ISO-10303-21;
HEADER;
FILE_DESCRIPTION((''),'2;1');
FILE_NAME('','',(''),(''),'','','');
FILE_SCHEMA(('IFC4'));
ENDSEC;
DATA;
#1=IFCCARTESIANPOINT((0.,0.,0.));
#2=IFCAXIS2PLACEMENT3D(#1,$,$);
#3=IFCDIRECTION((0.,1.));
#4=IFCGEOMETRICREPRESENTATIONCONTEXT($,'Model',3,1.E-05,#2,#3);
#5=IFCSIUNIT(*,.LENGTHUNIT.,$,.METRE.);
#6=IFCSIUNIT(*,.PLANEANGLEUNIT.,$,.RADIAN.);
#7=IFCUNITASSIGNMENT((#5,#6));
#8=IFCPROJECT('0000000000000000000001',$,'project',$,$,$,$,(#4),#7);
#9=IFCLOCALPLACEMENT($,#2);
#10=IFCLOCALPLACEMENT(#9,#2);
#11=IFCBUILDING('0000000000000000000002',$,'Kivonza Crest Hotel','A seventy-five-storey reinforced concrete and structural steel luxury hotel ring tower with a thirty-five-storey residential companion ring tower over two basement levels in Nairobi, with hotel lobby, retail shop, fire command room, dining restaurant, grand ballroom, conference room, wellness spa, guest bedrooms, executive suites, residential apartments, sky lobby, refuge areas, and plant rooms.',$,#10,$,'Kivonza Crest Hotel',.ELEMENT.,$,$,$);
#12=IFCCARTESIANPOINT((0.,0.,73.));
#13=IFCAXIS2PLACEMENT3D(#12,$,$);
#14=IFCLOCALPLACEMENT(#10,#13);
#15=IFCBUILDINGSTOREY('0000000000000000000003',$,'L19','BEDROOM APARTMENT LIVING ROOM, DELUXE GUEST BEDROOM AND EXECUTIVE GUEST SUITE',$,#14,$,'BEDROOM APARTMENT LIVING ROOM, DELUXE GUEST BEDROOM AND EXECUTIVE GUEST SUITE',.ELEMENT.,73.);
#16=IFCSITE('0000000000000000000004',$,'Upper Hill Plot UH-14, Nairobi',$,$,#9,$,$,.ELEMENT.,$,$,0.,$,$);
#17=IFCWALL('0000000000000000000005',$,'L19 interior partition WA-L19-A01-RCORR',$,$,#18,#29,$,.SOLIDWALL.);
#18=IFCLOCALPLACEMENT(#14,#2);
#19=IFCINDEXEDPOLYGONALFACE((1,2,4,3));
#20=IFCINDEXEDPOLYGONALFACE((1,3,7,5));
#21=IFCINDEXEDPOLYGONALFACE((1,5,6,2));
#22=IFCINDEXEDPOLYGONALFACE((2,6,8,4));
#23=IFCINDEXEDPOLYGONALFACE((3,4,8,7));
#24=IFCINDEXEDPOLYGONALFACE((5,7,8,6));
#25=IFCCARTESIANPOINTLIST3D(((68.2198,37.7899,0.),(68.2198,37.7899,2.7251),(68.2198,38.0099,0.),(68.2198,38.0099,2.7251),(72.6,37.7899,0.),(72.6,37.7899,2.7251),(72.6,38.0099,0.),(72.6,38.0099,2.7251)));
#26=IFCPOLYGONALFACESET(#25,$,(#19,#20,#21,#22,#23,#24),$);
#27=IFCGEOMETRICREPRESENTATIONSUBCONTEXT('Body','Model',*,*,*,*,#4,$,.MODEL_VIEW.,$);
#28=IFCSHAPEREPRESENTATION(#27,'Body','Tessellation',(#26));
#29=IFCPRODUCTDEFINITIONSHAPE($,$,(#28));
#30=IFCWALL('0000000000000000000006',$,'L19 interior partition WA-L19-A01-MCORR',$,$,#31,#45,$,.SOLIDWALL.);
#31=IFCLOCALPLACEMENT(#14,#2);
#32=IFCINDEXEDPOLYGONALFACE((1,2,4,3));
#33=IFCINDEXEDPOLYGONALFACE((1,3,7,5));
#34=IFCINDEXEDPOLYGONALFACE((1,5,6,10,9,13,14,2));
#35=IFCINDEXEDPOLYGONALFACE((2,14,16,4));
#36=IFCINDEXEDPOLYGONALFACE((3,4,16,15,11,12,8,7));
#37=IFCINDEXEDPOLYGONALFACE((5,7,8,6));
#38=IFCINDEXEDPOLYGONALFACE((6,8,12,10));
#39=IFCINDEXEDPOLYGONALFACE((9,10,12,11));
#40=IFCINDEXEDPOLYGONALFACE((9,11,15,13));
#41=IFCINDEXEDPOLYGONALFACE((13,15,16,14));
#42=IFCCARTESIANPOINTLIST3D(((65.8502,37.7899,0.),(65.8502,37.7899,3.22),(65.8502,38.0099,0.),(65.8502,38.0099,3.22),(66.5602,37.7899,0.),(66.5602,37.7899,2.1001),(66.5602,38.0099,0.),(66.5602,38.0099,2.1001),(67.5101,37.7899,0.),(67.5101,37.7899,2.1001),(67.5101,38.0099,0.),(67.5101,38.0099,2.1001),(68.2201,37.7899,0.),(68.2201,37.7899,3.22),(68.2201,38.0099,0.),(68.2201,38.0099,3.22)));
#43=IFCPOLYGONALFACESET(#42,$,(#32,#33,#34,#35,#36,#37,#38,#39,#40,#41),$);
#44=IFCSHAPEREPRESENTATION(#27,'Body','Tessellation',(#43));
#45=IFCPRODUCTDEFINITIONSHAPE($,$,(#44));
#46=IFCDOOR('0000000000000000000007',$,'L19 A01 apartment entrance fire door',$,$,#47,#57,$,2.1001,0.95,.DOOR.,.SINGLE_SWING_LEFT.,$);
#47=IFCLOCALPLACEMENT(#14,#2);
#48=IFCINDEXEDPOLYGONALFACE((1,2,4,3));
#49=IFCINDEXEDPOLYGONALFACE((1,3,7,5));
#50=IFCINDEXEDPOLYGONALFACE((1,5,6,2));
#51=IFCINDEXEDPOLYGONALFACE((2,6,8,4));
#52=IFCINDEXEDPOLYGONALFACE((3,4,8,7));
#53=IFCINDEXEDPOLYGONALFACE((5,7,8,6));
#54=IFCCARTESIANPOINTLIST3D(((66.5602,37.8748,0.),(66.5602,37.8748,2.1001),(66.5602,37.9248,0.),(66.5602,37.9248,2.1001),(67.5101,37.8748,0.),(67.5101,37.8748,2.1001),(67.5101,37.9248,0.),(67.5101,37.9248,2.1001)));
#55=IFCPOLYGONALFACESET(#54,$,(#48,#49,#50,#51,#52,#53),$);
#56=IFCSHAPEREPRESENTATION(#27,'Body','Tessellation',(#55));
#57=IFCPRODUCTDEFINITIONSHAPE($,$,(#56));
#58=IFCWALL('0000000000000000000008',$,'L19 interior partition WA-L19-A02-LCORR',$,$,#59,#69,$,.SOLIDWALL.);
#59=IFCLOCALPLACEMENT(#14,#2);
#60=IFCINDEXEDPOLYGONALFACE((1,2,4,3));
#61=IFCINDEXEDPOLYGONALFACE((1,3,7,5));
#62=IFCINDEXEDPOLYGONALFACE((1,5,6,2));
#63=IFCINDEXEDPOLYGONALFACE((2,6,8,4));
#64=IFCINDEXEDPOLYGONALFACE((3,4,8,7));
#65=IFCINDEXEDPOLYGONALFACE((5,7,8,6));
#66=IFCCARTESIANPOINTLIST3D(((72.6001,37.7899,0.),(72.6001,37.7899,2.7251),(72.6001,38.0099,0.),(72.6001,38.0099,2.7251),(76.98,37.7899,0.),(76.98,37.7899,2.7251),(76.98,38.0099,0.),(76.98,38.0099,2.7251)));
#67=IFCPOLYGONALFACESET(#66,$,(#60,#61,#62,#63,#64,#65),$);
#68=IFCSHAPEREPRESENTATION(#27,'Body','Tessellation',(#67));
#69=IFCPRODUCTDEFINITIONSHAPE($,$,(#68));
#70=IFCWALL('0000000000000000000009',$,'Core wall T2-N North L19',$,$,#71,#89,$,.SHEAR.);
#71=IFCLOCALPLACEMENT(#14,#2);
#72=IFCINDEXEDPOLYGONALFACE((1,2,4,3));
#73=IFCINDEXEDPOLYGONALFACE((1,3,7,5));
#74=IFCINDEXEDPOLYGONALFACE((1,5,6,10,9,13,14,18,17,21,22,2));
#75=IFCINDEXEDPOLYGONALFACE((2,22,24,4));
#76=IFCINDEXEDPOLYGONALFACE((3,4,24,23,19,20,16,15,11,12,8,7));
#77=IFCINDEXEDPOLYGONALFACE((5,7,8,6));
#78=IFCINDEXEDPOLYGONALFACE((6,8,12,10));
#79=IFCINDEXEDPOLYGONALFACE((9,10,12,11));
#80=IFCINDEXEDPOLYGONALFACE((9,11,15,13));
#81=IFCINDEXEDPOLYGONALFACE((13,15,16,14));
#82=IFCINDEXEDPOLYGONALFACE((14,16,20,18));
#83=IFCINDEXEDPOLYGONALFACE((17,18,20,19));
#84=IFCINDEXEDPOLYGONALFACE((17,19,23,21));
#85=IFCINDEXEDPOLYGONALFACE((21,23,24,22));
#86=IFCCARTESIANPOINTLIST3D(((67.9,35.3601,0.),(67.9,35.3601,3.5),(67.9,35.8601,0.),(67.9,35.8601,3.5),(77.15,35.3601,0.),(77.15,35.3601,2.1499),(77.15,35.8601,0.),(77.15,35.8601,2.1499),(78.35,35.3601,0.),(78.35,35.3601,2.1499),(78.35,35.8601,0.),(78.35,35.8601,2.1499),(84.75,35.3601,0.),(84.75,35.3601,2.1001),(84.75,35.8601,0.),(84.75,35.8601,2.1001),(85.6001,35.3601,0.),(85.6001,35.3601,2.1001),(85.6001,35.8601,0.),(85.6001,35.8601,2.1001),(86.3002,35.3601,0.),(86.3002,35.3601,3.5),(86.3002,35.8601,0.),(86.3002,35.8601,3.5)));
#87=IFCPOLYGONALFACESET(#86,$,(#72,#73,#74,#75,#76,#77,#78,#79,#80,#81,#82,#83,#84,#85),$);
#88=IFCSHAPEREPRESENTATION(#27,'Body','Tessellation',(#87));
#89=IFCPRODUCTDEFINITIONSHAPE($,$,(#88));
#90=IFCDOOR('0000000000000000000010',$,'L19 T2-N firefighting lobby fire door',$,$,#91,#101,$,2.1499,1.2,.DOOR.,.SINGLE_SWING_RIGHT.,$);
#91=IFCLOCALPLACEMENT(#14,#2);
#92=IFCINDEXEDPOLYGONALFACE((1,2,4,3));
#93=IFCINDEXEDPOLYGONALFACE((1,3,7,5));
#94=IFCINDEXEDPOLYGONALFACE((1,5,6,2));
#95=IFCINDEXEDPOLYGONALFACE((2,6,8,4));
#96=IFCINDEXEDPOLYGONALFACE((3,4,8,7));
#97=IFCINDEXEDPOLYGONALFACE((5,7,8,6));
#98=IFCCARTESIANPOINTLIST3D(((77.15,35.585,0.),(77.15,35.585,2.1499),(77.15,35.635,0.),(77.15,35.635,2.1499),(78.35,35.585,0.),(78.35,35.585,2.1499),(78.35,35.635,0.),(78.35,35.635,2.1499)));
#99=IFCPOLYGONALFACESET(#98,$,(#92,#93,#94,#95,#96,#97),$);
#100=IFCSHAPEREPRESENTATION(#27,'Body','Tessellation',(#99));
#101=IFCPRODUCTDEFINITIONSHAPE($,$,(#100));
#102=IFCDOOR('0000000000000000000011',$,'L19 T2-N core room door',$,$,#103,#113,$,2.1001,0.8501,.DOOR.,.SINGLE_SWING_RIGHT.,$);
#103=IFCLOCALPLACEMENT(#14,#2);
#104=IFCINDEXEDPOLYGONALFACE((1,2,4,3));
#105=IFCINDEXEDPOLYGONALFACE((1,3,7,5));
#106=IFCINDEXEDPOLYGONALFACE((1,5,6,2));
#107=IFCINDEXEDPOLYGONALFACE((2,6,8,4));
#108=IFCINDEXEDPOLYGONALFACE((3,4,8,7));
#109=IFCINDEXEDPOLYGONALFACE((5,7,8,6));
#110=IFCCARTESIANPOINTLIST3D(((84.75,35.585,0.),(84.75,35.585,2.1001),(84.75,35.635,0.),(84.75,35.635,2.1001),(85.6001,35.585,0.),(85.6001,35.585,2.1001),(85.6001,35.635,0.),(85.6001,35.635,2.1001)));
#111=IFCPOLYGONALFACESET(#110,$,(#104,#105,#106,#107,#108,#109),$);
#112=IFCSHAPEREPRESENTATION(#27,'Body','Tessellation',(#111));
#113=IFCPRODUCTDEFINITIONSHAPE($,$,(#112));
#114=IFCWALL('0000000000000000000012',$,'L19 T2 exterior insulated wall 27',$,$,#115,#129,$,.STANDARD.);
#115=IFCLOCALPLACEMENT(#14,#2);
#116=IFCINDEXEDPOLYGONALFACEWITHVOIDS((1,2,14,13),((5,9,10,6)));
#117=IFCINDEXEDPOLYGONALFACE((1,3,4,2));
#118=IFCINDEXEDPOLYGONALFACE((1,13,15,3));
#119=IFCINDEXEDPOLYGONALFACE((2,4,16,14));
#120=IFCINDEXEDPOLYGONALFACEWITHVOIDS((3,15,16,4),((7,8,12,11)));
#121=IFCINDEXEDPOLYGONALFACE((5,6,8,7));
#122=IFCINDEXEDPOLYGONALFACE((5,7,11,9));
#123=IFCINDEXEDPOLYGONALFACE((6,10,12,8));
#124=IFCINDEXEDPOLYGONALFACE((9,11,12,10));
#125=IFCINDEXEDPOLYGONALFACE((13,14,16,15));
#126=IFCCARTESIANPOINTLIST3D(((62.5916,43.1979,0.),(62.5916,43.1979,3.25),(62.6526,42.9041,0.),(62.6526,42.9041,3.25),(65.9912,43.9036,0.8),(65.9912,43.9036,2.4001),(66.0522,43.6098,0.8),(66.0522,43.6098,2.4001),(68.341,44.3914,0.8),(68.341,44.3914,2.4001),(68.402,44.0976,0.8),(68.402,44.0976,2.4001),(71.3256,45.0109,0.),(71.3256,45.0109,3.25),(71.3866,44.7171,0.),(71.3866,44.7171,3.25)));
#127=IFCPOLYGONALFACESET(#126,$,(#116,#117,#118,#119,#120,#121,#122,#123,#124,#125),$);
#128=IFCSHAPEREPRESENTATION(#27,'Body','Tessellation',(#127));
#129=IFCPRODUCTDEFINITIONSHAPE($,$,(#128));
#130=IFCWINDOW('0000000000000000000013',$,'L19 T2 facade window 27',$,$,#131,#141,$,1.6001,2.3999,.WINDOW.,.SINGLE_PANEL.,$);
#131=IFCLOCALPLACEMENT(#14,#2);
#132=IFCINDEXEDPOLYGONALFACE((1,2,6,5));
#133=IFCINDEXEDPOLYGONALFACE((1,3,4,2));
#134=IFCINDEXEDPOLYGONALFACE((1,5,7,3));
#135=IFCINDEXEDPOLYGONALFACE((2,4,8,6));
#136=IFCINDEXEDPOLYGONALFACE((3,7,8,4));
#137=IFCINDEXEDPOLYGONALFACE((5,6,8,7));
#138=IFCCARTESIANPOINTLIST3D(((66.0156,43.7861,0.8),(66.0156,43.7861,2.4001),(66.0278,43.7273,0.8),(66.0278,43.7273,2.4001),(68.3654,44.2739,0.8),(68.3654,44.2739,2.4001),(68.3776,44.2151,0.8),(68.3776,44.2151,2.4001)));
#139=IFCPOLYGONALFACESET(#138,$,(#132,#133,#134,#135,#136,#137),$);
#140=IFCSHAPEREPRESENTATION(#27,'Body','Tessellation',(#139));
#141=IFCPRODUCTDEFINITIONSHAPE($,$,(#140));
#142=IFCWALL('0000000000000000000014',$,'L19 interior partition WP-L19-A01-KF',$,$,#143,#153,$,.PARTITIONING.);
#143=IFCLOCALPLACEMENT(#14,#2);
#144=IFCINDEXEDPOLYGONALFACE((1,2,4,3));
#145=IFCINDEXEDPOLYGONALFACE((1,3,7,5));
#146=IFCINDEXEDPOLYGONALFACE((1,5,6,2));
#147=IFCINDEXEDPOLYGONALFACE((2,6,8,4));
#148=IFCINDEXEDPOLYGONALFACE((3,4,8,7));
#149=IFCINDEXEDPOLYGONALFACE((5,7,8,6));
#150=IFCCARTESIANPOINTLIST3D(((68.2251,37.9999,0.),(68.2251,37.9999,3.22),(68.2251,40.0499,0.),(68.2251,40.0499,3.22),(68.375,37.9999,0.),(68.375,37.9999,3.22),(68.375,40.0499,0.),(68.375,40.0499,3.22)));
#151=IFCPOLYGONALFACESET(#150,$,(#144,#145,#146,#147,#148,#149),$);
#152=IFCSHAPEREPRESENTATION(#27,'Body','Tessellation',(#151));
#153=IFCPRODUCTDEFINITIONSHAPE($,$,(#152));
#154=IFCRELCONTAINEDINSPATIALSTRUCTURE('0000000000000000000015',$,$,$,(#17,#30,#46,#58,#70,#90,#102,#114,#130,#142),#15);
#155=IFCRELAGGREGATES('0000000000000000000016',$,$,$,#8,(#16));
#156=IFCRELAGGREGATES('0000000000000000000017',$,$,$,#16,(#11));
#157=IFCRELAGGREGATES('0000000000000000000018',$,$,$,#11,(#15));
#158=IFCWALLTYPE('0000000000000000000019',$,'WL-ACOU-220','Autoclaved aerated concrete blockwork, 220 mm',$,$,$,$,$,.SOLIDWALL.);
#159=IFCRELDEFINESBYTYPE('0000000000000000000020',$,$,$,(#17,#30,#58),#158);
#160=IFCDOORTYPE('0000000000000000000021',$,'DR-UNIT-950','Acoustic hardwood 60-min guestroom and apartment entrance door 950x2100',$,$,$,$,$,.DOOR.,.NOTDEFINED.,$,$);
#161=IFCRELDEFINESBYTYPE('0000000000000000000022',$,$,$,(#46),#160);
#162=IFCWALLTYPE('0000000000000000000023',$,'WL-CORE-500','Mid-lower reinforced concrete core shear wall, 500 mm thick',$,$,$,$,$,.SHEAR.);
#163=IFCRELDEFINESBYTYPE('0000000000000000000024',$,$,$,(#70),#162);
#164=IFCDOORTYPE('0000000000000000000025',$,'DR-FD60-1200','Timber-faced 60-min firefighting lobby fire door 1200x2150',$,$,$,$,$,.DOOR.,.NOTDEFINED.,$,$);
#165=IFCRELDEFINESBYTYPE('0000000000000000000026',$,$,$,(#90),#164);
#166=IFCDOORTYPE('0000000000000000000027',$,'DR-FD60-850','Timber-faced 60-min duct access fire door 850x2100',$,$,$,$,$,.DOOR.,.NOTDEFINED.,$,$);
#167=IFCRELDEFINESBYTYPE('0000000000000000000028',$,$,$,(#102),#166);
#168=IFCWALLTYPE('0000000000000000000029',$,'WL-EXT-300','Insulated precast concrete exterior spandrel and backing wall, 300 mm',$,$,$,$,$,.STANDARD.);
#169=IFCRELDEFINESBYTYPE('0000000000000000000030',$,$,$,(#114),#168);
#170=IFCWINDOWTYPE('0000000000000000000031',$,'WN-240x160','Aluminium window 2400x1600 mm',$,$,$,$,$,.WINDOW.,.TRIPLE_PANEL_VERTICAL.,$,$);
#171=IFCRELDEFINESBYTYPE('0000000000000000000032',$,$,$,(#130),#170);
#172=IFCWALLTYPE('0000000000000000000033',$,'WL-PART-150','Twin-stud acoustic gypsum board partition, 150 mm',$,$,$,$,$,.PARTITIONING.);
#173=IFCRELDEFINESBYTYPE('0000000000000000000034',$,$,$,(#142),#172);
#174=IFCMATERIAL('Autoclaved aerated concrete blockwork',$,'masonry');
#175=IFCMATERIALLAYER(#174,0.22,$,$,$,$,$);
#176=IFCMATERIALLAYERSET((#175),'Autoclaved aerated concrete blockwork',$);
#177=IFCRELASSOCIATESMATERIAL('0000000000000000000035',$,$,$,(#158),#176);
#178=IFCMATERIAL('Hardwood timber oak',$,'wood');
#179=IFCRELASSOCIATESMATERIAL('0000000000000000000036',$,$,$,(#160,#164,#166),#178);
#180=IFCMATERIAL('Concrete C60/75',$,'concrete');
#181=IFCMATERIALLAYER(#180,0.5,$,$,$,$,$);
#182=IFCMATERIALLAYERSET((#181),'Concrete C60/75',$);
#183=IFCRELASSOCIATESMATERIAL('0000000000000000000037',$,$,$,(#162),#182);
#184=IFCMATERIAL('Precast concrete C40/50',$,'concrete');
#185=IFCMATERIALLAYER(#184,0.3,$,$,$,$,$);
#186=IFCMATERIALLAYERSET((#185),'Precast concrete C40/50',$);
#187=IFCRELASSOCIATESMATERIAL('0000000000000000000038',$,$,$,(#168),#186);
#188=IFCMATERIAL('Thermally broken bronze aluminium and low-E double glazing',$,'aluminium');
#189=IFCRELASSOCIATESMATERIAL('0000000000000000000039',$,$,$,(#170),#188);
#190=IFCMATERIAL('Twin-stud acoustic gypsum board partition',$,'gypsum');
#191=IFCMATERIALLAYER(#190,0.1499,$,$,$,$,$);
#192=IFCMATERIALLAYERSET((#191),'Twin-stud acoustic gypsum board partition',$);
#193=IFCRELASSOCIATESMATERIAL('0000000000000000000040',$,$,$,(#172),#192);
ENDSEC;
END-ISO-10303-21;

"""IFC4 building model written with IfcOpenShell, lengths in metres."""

from ifc_helpers import new_model, si_unit, direction, frame, frame_2d, origin, place, context, subcontext, project, spatial, rectangle, extrude, material, layer, layer_set, type_object, element, fill, save


model = new_model("IFC4")

# Units and contexts
model_context = context("Model", 3, precision=1e-05, world=origin(), true_north=direction((0.0, 1.0)))
body_context = subcontext(model_context, "Body", "Model", "MODEL_VIEW")
ifc_project = project(units=[si_unit("LENGTHUNIT", "METRE"), si_unit("PLANEANGLEUNIT", "RADIAN")], contexts=[model_context])

# Site, building, storey
site_placement = place(None, origin())
site = spatial("IfcSite", under=ifc_project, at=site_placement, Name="Upper Hill Plot UH-14, Nairobi", CompositionType="ELEMENT", RefElevation=0.0)
building_placement = place(site_placement, origin())
building = spatial("IfcBuilding", under=site, at=building_placement, Name="Kivonza Crest Hotel", Description="A seventy-five-storey reinforced concrete and structural steel luxury hotel ring tower with a thirty-five-storey residential companion ring tower over two basement levels in Nairobi, with hotel lobby, retail shop, fire command room, dining restaurant, grand ballroom, conference room, wellness spa, guest bedrooms, executive suites, residential apartments, sky lobby, refuge areas, and plant rooms.", LongName="Kivonza Crest Hotel", CompositionType="ELEMENT")
storey_placement = place(building_placement, frame((0.0, 0.0, 73.0)))
storey = spatial("IfcBuildingStorey", under=building, at=storey_placement, Name="L19", Description="BEDROOM APARTMENT LIVING ROOM, DELUXE GUEST BEDROOM AND EXECUTIVE GUEST SUITE", LongName="BEDROOM APARTMENT LIVING ROOM, DELUXE GUEST BEDROOM AND EXECUTIVE GUEST SUITE", CompositionType="ELEMENT", Elevation=73.0)

# Wall
ifc_material_1 = material(Name="Autoclaved aerated concrete blockwork", Category="masonry")
ifc_layer_1 = layer(ifc_material_1, 0.22)
ifc_layer_set_1 = layer_set([ifc_layer_1], Name="Autoclaved aerated concrete blockwork")
wall_type_1 = type_object("IfcWallType", Name="WL-ACOU-220", Description="Autoclaved aerated concrete blockwork, 220 mm", PredefinedType="SOLIDWALL", material=ifc_layer_set_1)
wall_1_placement = place(storey_placement, frame((68.22, 37.8999, 0.0), z_axis=(0.0, 0.0, 1.0), x_axis=(1.0, 0.0, 0.0)))
element("IfcWall", 1, at=wall_1_placement, inside=storey, type_object=wall_type_1, Name="L19 interior partition WA-L19-A01-RCORR", PredefinedType="SOLIDWALL", context=body_context, shape_type="SweptSolid", body=[
    extrude(rectangle(XDim=4.3801, YDim=0.22, at=frame_2d((2.1899, 0.0))), origin(), (0.0, 0.0, 1.0), 2.7251),
])

# Wall, opening, door
wall_2_placement = place(storey_placement, frame((65.8501, 37.8999, 0.0), z_axis=(0.0, 0.0, 1.0), x_axis=(1.0, 0.0, 0.0)))
wall_2 = element("IfcWall", 2, at=wall_2_placement, inside=storey, type_object=wall_type_1, Name="L19 interior partition WA-L19-A01-MCORR", PredefinedType="SOLIDWALL", context=body_context, shape_type="SweptSolid", body=[
    extrude(rectangle(XDim=2.3699, YDim=0.22, at=frame_2d((1.1851, 0.0))), origin(), (0.0, 0.0, 1.0), 3.22),
])
opening_1_placement = place(wall_2_placement, frame((0.71, 0.0, 0.0)))
opening_1 = element("IfcOpeningElement", 3, at=opening_1_placement, cuts=wall_2, PredefinedType="OPENING", context=body_context, shape_type="SweptSolid", body=[
    extrude(rectangle(XDim=0.95, YDim=2.1001, at=frame_2d((0.4751, 1.05))), frame((0.0, 0.1201, 0.0), z_axis=(0.0, -1.0, 0.0), x_axis=(1.0, 0.0, 0.0)), (0.0, 0.0, 1.0), 0.24),
])
ifc_material_2 = material(Name="Hardwood timber oak", Category="wood")
door_type_1 = type_object("IfcDoorType", Name="DR-UNIT-950", Description="Acoustic hardwood 60-min guestroom and apartment entrance door 950x2100", OperationType="NOTDEFINED", PredefinedType="DOOR", material=ifc_material_2)
door_1_placement = place(opening_1_placement, origin())
door_1 = element("IfcDoor", 4, at=door_1_placement, inside=storey, type_object=door_type_1, Name="L19 A01 apartment entrance fire door", OperationType="SINGLE_SWING_LEFT", OverallHeight=2.1001, OverallWidth=0.95, PredefinedType="DOOR", context=body_context, shape_type="SweptSolid", body=[
    extrude(rectangle(XDim=0.95, YDim=2.1001, at=frame_2d((0.4751, 1.05))), frame((0.0, 0.0249, 0.0), z_axis=(0.0, -1.0, 0.0), x_axis=(1.0, 0.0, 0.0)), (0.0, 0.0, 1.0), 0.05),
])
fill(opening_1, door_1)

# Wall
wall_3_placement = place(storey_placement, frame((72.6001, 37.8999, 0.0), z_axis=(0.0, 0.0, 1.0), x_axis=(1.0, 0.0, 0.0)))
element("IfcWall", 5, at=wall_3_placement, inside=storey, type_object=wall_type_1, Name="L19 interior partition WA-L19-A02-LCORR", PredefinedType="SOLIDWALL", context=body_context, shape_type="SweptSolid", body=[
    extrude(rectangle(XDim=4.3799, YDim=0.22, at=frame_2d((2.1899, 0.0))), origin(), (0.0, 0.0, 1.0), 2.7251),
])

# Wall, openings, doors
ifc_material_3 = material(Name="Concrete C60/75", Category="concrete")
ifc_layer_2 = layer(ifc_material_3, 0.5)
ifc_layer_set_2 = layer_set([ifc_layer_2], Name="Concrete C60/75")
wall_type_2 = type_object("IfcWallType", Name="WL-CORE-500", Description="Mid-lower reinforced concrete core shear wall, 500 mm thick", PredefinedType="SHEAR", material=ifc_layer_set_2)
wall_4_placement = place(storey_placement, frame((67.8999, 35.6101, 0.0), z_axis=(0.0, 0.0, 1.0), x_axis=(1.0, 0.0, 0.0)))
wall_4 = element("IfcWall", 6, at=wall_4_placement, inside=storey, type_object=wall_type_2, Name="Core wall T2-N North L19", PredefinedType="SHEAR", context=body_context, shape_type="SweptSolid", body=[
    extrude(rectangle(XDim=18.4001, YDim=0.5, at=frame_2d((9.2002, 0.0))), origin(), (0.0, 0.0, 1.0), 3.5),
])
opening_2_placement = place(wall_4_placement, frame((9.25, 0.0, 0.0)))
opening_2 = element("IfcOpeningElement", 7, at=opening_2_placement, cuts=wall_4, PredefinedType="OPENING", context=body_context, shape_type="SweptSolid", body=[
    extrude(rectangle(XDim=1.2, YDim=2.1499, at=frame_2d((0.6001, 1.075))), frame((0.0, 0.26, 0.0), z_axis=(0.0, -1.0, 0.0), x_axis=(1.0, 0.0, 0.0)), (0.0, 0.0, 1.0), 0.52),
])
opening_3_placement = place(wall_4_placement, frame((16.8501, 0.0, 0.0)))
opening_3 = element("IfcOpeningElement", 8, at=opening_3_placement, cuts=wall_4, PredefinedType="OPENING", context=body_context, shape_type="SweptSolid", body=[
    extrude(rectangle(XDim=0.8501, YDim=2.1001, at=frame_2d((0.425, 1.05))), frame((0.0, 0.26, 0.0), z_axis=(0.0, -1.0, 0.0), x_axis=(1.0, 0.0, 0.0)), (0.0, 0.0, 1.0), 0.52),
])
door_type_2 = type_object("IfcDoorType", Name="DR-FD60-1200", Description="Timber-faced 60-min firefighting lobby fire door 1200x2150", OperationType="NOTDEFINED", PredefinedType="DOOR", material=ifc_material_2)
door_2_placement = place(opening_2_placement, origin())
door_2 = element("IfcDoor", 9, at=door_2_placement, inside=storey, type_object=door_type_2, Name="L19 T2-N firefighting lobby fire door", OperationType="SINGLE_SWING_RIGHT", OverallHeight=2.1499, OverallWidth=1.2, PredefinedType="DOOR", context=body_context, shape_type="SweptSolid", body=[
    extrude(rectangle(XDim=1.2, YDim=2.1499, at=frame_2d((0.6001, 1.075))), frame((0.0, 0.0249, 0.0), z_axis=(0.0, -1.0, 0.0), x_axis=(1.0, 0.0, 0.0)), (0.0, 0.0, 1.0), 0.05),
])
fill(opening_2, door_2)
door_type_3 = type_object("IfcDoorType", Name="DR-FD60-850", Description="Timber-faced 60-min duct access fire door 850x2100", OperationType="NOTDEFINED", PredefinedType="DOOR", material=ifc_material_2)
door_3_placement = place(opening_3_placement, origin())
door_3 = element("IfcDoor", 10, at=door_3_placement, inside=storey, type_object=door_type_3, Name="L19 T2-N core room door", OperationType="SINGLE_SWING_RIGHT", OverallHeight=2.1001, OverallWidth=0.8501, PredefinedType="DOOR", context=body_context, shape_type="SweptSolid", body=[
    extrude(rectangle(XDim=0.8501, YDim=2.1001, at=frame_2d((0.425, 1.05))), frame((0.0, 0.0249, 0.0), z_axis=(0.0, -1.0, 0.0), x_axis=(1.0, 0.0, 0.0)), (0.0, 0.0, 1.0), 0.05),
])
fill(opening_3, door_3)

# Wall, opening, window
ifc_material_4 = material(Name="Precast concrete C40/50", Category="concrete")
ifc_layer_3 = layer(ifc_material_4, 0.3)
ifc_layer_set_3 = layer_set([ifc_layer_3], Name="Precast concrete C40/50")
wall_type_3 = type_object("IfcWallType", Name="WL-EXT-300", Description="Insulated precast concrete exterior spandrel and backing wall, 300 mm", PredefinedType="STANDARD", material=ifc_layer_set_3)
wall_5_placement = place(storey_placement, frame((71.356, 44.864, 0.0), z_axis=(0.0, 0.0, 1.0), x_axis=(-0.979127, -0.203248, 0.0)))
wall_5 = element("IfcWall", 11, at=wall_5_placement, inside=storey, type_object=wall_type_3, Name="L19 T2 exterior insulated wall 27", PredefinedType="STANDARD", context=body_context, shape_type="SweptSolid", body=[
    extrude(rectangle(XDim=8.9202, YDim=0.3, at=frame_2d((4.46, 0.0))), origin(), (0.0, 0.0, 1.0), 3.25),
])
opening_4_placement = place(wall_5_placement, frame((3.0481, 0.0, 0.8)))
opening_4 = element("IfcOpeningElement", 12, at=opening_4_placement, cuts=wall_5, PredefinedType="OPENING", context=body_context, shape_type="SweptSolid", body=[
    extrude(rectangle(XDim=2.3999, YDim=1.6001, at=frame_2d((1.2, 0.8))), frame((0.0, 0.1602, 0.0), z_axis=(0.0, -1.0, 0.0), x_axis=(1.0, 0.0, 0.0)), (0.0, 0.0, 1.0), 0.3201),
])
ifc_material_5 = material(Name="Thermally broken bronze aluminium and low-E double glazing", Category="aluminium")
window_type = type_object("IfcWindowType", Name="WN-240x160", Description="Aluminium window 2400x1600 mm", PartitioningType="TRIPLE_PANEL_VERTICAL", PredefinedType="WINDOW", material=ifc_material_5)
window_placement = place(opening_4_placement, origin())
window = element("IfcWindow", 13, at=window_placement, inside=storey, type_object=window_type, Name="L19 T2 facade window 27", OverallHeight=1.6001, OverallWidth=2.3999, PartitioningType="SINGLE_PANEL", PredefinedType="WINDOW", context=body_context, shape_type="SweptSolid", body=[
    extrude(rectangle(XDim=2.3999, YDim=1.6001, at=frame_2d((1.2, 0.8))), frame((0.0, 0.03, 0.0), z_axis=(0.0, -1.0, 0.0), x_axis=(1.0, 0.0, 0.0)), (0.0, 0.0, 1.0), 0.0601),
])
fill(opening_4, window)

# Wall
ifc_material_6 = material(Name="Twin-stud acoustic gypsum board partition", Category="gypsum")
ifc_layer_4 = layer(ifc_material_6, 0.1499)
ifc_layer_set_4 = layer_set([ifc_layer_4], Name="Twin-stud acoustic gypsum board partition")
wall_type_4 = type_object("IfcWallType", Name="WL-PART-150", Description="Twin-stud acoustic gypsum board partition, 150 mm", PredefinedType="PARTITIONING", material=ifc_layer_set_4)
wall_6_placement = place(storey_placement, frame((68.3, 38.0, 0.0), z_axis=(0.0, 0.0, 1.0), x_axis=(0.0, 1.0, 0.0)))
element("IfcWall", 14, at=wall_6_placement, inside=storey, type_object=wall_type_4, Name="L19 interior partition WP-L19-A01-KF", PredefinedType="PARTITIONING", context=body_context, shape_type="SweptSolid", body=[
    extrude(rectangle(XDim=2.05, YDim=0.1499, at=frame_2d((1.0249, 0.0))), origin(), (0.0, 0.0, 1.0), 3.22),
])

save(model, "model.ifc")
